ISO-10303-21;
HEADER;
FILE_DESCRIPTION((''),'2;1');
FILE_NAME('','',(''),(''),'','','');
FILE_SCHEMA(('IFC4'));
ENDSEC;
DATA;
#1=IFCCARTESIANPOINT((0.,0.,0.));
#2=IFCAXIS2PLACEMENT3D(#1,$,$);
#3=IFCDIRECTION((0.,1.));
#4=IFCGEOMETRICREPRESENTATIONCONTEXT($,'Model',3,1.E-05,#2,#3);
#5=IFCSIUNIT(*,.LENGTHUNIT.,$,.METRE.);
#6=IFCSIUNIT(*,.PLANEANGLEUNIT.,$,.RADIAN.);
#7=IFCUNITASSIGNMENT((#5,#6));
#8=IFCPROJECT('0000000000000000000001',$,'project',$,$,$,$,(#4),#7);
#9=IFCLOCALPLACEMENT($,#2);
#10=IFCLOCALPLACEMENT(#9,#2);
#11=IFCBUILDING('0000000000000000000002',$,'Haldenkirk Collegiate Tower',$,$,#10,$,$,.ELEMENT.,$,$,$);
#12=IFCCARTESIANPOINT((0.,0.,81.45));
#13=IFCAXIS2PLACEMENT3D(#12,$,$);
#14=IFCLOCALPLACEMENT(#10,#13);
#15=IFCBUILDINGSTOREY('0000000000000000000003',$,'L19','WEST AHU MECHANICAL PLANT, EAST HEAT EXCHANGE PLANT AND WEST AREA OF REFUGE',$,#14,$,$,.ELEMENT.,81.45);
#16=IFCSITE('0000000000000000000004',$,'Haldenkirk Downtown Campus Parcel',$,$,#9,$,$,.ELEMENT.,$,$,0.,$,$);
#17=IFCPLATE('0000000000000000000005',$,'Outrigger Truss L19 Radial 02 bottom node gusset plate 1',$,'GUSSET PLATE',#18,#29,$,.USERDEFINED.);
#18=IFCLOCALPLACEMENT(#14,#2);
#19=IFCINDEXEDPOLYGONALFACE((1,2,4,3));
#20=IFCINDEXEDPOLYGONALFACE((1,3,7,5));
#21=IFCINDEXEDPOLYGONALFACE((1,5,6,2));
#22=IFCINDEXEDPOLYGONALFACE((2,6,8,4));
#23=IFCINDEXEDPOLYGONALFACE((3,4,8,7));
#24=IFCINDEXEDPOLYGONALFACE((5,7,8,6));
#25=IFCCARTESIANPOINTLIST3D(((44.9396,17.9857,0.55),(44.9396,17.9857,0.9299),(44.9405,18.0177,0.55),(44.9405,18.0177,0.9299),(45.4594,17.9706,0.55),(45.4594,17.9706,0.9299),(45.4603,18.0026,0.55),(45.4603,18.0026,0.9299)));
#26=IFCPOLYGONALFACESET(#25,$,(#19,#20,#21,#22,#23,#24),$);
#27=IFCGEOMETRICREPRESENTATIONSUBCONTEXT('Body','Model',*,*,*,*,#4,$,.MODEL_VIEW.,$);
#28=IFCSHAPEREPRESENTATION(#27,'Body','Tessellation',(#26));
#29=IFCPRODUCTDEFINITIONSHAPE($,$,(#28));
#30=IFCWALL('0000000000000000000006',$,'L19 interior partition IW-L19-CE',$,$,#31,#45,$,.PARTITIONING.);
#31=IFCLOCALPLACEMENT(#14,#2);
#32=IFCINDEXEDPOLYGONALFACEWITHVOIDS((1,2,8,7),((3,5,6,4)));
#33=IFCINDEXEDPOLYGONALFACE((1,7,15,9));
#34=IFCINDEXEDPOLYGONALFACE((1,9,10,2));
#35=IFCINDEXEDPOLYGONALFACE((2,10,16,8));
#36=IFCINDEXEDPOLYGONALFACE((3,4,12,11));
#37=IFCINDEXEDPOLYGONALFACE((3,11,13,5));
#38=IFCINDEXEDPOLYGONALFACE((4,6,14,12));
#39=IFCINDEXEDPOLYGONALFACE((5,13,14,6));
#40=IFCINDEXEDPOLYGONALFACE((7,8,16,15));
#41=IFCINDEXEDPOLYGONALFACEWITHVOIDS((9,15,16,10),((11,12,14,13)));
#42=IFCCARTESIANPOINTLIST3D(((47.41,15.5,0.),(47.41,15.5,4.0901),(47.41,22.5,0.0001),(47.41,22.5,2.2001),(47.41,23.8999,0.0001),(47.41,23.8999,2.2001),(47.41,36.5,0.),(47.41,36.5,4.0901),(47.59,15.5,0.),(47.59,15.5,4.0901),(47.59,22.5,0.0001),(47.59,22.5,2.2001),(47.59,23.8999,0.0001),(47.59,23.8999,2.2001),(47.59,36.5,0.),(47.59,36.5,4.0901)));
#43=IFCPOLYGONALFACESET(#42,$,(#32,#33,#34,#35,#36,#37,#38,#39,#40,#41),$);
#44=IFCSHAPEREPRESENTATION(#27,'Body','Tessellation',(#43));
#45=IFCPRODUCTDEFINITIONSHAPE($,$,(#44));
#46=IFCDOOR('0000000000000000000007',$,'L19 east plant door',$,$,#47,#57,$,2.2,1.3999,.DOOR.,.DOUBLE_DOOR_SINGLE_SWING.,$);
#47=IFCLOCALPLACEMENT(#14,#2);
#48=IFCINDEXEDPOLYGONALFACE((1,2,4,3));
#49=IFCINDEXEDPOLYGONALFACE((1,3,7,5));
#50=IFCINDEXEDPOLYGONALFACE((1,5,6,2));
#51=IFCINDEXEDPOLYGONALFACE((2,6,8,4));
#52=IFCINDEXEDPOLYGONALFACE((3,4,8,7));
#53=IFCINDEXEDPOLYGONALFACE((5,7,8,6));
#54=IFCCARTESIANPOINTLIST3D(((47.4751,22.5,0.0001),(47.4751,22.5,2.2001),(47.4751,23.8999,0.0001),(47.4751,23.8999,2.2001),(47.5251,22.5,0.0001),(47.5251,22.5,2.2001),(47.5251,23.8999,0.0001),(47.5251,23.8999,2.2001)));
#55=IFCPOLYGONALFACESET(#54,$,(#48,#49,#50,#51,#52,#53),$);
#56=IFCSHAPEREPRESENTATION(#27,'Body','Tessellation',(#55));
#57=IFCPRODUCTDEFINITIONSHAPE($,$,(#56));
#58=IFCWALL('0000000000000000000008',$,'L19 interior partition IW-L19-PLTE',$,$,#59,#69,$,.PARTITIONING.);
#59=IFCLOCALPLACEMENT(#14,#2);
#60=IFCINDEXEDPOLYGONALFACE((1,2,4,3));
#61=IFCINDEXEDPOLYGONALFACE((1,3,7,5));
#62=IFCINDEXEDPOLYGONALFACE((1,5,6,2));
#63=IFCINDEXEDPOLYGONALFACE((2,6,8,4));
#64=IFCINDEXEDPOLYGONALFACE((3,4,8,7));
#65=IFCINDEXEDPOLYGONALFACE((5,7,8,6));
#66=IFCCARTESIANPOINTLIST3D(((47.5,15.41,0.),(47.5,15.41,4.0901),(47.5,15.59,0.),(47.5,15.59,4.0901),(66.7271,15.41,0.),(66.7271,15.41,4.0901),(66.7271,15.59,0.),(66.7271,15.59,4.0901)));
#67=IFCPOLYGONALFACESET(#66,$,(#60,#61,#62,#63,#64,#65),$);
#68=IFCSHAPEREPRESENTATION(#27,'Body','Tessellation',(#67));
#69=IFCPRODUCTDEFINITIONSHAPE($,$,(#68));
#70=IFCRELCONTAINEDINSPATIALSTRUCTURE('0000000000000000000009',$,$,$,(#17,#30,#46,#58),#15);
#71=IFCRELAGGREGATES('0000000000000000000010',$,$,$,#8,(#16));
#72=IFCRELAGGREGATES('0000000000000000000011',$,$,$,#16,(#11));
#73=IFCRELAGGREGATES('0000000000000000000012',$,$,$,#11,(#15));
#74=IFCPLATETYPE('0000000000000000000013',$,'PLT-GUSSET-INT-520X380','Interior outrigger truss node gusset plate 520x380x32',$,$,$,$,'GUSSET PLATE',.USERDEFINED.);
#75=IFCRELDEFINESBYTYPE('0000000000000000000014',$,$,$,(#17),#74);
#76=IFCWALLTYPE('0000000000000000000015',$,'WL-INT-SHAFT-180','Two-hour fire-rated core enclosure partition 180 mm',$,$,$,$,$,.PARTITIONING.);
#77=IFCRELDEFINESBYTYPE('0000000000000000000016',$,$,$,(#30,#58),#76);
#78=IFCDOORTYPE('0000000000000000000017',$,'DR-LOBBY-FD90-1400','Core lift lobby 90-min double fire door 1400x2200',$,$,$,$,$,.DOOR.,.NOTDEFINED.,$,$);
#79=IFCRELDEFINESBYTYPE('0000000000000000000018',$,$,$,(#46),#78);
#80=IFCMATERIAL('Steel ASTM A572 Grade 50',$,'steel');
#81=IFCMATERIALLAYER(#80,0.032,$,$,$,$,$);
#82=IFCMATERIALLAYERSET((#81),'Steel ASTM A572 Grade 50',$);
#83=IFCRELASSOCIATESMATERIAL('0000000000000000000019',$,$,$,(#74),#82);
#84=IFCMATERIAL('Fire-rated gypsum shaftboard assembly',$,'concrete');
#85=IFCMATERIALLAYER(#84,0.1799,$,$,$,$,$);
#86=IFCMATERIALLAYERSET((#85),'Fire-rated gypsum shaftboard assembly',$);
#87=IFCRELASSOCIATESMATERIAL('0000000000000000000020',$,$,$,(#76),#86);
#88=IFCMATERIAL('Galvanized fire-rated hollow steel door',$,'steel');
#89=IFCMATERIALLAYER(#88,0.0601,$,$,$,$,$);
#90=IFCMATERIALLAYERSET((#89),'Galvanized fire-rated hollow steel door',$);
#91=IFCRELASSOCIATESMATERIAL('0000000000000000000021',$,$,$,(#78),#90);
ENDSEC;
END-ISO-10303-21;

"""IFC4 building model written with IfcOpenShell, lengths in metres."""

from ifc_helpers import new_model, si_unit, direction, frame, frame_2d, origin, origin_2d, place, context, subcontext, project, spatial, rectangle, extrude, source, transform, mapped, material, layer, layer_set, type_object, element, fill, save


model = new_model("IFC4")

# Units and contexts
model_context = context("Model", 3, precision=1e-05, world=origin(), true_north=direction((0.0, 1.0)))
body_context = subcontext(model_context, "Body", "Model", "MODEL_VIEW")
ifc_project = project(units=[si_unit("LENGTHUNIT", "METRE"), si_unit("PLANEANGLEUNIT", "RADIAN")], contexts=[model_context])

# Site, building, storey
site_placement = place(None, origin())
site = spatial("IfcSite", under=ifc_project, at=site_placement, Name="Haldenkirk Downtown Campus Parcel", CompositionType="ELEMENT", RefElevation=0.0)
building_placement = place(site_placement, origin())
building = spatial("IfcBuilding", under=site, at=building_placement, Name="Haldenkirk Collegiate Tower", CompositionType="ELEMENT")
storey_placement = place(building_placement, frame((0.0, 0.0, 81.45)))
storey = spatial("IfcBuildingStorey", under=building, at=storey_placement, Name="L19", Description="WEST AHU MECHANICAL PLANT, EAST HEAT EXCHANGE PLANT AND WEST AREA OF REFUGE", CompositionType="ELEMENT", Elevation=81.45)

# Shared definitions
ifc_material_1 = material(Name="Steel ASTM A572 Grade 50", Category="steel")

# Plate
ifc_layer_1 = layer(ifc_material_1, 0.032)
ifc_layer_set_1 = layer_set([ifc_layer_1], Name="Steel ASTM A572 Grade 50")
plate_type_1 = type_object("IfcPlateType", Name="PLT-GUSSET-INT-520X380", Description="Interior outrigger truss node gusset plate 520x380x32", ElementType="GUSSET PLATE", PredefinedType="USERDEFINED", material=ifc_layer_set_1)
shared_shape_1 = source(origin(), body_context, "Body", "SweptSolid", [
    extrude(rectangle(XDim=0.52, YDim=0.032, at=origin_2d()), origin(), (0.0, 0.0, 1.0), 0.3799),
])
for number, where, z_axis, x_axis, name in (
    (1, (45.2, 17.9941, 0.55), (0.0, 0.0, 1.0), (0.99958, -0.028978, 0.0), "Outrigger Truss L19 Radial 02 bottom node gusset plate 1"),
):
    element("IfcPlate", number, at=place(storey_placement, frame(where, z_axis=z_axis, x_axis=x_axis)), inside=storey, type_object=plate_type_1, Name=name, ObjectType="GUSSET PLATE", PredefinedType="USERDEFINED", context=body_context, shape_type="MappedRepresentation", body=[
        mapped(shared_shape_1, transform((0.0, 0.0, 0.0), x_axis=(1.0, 0.0, 0.0), y_axis=(0.0, 1.0, 0.0), z_axis=(0.0, 0.0, 1.0), scale=1.0)),
    ])

# Wall, opening, door
ifc_material_2 = material(Name="Fire-rated gypsum shaftboard assembly", Category="concrete")
ifc_layer_2 = layer(ifc_material_2, 0.1799)
ifc_layer_set_2 = layer_set([ifc_layer_2], Name="Fire-rated gypsum shaftboard assembly")
wall_type = type_object("IfcWallType", Name="WL-INT-SHAFT-180", Description="Two-hour fire-rated core enclosure partition 180 mm", PredefinedType="PARTITIONING", material=ifc_layer_set_2)
wall_1_placement = place(storey_placement, frame((47.5, 15.5, 0.0), z_axis=(0.0, 0.0, 1.0), x_axis=(0.0, 1.0, 0.0)))
wall_1 = element("IfcWall", 2, at=wall_1_placement, inside=storey, type_object=wall_type, Name="L19 interior partition IW-L19-CE", PredefinedType="PARTITIONING", context=body_context, shape_type="SweptSolid", body=[
    extrude(rectangle(XDim=21.0, YDim=0.1799, at=frame_2d((10.5, 0.0))), origin(), (0.0, 0.0, 1.0), 4.0901),
])
opening_placement = place(wall_1_placement, frame((7.0, 0.0, 0.0)))
opening = element("IfcOpeningElement", 3, at=opening_placement, cuts=wall_1, PredefinedType="OPENING", context=body_context, shape_type="SweptSolid", body=[
    extrude(rectangle(XDim=1.3999, YDim=2.2, at=frame_2d((0.7, 1.1001))), frame((0.0, 0.0999, 0.0), z_axis=(0.0, -1.0, 0.0), x_axis=(1.0, 0.0, 0.0)), (0.0, 0.0, 1.0), 0.2),
])
ifc_material_3 = material(Name="Galvanized fire-rated hollow steel door", Category="steel")
ifc_layer_3 = layer(ifc_material_3, 0.0601)
ifc_layer_set_3 = layer_set([ifc_layer_3], Name="Galvanized fire-rated hollow steel door")
door_type = type_object("IfcDoorType", Name="DR-LOBBY-FD90-1400", Description="Core lift lobby 90-min double fire door 1400x2200", OperationType="NOTDEFINED", PredefinedType="DOOR", material=ifc_layer_set_3)
door_placement = place(opening_placement, origin())
door = element("IfcDoor", 4, at=door_placement, inside=storey, type_object=door_type, Name="L19 east plant door", OperationType="DOUBLE_DOOR_SINGLE_SWING", OverallHeight=2.2, OverallWidth=1.3999, PredefinedType="DOOR", context=body_context, shape_type="SweptSolid", body=[
    extrude(rectangle(XDim=1.3999, YDim=2.2, at=frame_2d((0.7, 1.1001))), frame((0.0, 0.0249, 0.0), z_axis=(0.0, -1.0, 0.0), x_axis=(1.0, 0.0, 0.0)), (0.0, 0.0, 1.0), 0.05),
])
fill(opening, door)

# Wall
wall_2_placement = place(storey_placement, frame((47.5, 15.5, 0.0), z_axis=(0.0, 0.0, 1.0), x_axis=(1.0, 0.0, 0.0)))
element("IfcWall", 5, at=wall_2_placement, inside=storey, type_object=wall_type, Name="L19 interior partition IW-L19-PLTE", PredefinedType="PARTITIONING", context=body_context, shape_type="SweptSolid", body=[
    extrude(rectangle(XDim=19.2271, YDim=0.1799, at=frame_2d((9.6135, 0.0))), origin(), (0.0, 0.0, 1.0), 4.0901),
])

save(model, "model.ifc")
